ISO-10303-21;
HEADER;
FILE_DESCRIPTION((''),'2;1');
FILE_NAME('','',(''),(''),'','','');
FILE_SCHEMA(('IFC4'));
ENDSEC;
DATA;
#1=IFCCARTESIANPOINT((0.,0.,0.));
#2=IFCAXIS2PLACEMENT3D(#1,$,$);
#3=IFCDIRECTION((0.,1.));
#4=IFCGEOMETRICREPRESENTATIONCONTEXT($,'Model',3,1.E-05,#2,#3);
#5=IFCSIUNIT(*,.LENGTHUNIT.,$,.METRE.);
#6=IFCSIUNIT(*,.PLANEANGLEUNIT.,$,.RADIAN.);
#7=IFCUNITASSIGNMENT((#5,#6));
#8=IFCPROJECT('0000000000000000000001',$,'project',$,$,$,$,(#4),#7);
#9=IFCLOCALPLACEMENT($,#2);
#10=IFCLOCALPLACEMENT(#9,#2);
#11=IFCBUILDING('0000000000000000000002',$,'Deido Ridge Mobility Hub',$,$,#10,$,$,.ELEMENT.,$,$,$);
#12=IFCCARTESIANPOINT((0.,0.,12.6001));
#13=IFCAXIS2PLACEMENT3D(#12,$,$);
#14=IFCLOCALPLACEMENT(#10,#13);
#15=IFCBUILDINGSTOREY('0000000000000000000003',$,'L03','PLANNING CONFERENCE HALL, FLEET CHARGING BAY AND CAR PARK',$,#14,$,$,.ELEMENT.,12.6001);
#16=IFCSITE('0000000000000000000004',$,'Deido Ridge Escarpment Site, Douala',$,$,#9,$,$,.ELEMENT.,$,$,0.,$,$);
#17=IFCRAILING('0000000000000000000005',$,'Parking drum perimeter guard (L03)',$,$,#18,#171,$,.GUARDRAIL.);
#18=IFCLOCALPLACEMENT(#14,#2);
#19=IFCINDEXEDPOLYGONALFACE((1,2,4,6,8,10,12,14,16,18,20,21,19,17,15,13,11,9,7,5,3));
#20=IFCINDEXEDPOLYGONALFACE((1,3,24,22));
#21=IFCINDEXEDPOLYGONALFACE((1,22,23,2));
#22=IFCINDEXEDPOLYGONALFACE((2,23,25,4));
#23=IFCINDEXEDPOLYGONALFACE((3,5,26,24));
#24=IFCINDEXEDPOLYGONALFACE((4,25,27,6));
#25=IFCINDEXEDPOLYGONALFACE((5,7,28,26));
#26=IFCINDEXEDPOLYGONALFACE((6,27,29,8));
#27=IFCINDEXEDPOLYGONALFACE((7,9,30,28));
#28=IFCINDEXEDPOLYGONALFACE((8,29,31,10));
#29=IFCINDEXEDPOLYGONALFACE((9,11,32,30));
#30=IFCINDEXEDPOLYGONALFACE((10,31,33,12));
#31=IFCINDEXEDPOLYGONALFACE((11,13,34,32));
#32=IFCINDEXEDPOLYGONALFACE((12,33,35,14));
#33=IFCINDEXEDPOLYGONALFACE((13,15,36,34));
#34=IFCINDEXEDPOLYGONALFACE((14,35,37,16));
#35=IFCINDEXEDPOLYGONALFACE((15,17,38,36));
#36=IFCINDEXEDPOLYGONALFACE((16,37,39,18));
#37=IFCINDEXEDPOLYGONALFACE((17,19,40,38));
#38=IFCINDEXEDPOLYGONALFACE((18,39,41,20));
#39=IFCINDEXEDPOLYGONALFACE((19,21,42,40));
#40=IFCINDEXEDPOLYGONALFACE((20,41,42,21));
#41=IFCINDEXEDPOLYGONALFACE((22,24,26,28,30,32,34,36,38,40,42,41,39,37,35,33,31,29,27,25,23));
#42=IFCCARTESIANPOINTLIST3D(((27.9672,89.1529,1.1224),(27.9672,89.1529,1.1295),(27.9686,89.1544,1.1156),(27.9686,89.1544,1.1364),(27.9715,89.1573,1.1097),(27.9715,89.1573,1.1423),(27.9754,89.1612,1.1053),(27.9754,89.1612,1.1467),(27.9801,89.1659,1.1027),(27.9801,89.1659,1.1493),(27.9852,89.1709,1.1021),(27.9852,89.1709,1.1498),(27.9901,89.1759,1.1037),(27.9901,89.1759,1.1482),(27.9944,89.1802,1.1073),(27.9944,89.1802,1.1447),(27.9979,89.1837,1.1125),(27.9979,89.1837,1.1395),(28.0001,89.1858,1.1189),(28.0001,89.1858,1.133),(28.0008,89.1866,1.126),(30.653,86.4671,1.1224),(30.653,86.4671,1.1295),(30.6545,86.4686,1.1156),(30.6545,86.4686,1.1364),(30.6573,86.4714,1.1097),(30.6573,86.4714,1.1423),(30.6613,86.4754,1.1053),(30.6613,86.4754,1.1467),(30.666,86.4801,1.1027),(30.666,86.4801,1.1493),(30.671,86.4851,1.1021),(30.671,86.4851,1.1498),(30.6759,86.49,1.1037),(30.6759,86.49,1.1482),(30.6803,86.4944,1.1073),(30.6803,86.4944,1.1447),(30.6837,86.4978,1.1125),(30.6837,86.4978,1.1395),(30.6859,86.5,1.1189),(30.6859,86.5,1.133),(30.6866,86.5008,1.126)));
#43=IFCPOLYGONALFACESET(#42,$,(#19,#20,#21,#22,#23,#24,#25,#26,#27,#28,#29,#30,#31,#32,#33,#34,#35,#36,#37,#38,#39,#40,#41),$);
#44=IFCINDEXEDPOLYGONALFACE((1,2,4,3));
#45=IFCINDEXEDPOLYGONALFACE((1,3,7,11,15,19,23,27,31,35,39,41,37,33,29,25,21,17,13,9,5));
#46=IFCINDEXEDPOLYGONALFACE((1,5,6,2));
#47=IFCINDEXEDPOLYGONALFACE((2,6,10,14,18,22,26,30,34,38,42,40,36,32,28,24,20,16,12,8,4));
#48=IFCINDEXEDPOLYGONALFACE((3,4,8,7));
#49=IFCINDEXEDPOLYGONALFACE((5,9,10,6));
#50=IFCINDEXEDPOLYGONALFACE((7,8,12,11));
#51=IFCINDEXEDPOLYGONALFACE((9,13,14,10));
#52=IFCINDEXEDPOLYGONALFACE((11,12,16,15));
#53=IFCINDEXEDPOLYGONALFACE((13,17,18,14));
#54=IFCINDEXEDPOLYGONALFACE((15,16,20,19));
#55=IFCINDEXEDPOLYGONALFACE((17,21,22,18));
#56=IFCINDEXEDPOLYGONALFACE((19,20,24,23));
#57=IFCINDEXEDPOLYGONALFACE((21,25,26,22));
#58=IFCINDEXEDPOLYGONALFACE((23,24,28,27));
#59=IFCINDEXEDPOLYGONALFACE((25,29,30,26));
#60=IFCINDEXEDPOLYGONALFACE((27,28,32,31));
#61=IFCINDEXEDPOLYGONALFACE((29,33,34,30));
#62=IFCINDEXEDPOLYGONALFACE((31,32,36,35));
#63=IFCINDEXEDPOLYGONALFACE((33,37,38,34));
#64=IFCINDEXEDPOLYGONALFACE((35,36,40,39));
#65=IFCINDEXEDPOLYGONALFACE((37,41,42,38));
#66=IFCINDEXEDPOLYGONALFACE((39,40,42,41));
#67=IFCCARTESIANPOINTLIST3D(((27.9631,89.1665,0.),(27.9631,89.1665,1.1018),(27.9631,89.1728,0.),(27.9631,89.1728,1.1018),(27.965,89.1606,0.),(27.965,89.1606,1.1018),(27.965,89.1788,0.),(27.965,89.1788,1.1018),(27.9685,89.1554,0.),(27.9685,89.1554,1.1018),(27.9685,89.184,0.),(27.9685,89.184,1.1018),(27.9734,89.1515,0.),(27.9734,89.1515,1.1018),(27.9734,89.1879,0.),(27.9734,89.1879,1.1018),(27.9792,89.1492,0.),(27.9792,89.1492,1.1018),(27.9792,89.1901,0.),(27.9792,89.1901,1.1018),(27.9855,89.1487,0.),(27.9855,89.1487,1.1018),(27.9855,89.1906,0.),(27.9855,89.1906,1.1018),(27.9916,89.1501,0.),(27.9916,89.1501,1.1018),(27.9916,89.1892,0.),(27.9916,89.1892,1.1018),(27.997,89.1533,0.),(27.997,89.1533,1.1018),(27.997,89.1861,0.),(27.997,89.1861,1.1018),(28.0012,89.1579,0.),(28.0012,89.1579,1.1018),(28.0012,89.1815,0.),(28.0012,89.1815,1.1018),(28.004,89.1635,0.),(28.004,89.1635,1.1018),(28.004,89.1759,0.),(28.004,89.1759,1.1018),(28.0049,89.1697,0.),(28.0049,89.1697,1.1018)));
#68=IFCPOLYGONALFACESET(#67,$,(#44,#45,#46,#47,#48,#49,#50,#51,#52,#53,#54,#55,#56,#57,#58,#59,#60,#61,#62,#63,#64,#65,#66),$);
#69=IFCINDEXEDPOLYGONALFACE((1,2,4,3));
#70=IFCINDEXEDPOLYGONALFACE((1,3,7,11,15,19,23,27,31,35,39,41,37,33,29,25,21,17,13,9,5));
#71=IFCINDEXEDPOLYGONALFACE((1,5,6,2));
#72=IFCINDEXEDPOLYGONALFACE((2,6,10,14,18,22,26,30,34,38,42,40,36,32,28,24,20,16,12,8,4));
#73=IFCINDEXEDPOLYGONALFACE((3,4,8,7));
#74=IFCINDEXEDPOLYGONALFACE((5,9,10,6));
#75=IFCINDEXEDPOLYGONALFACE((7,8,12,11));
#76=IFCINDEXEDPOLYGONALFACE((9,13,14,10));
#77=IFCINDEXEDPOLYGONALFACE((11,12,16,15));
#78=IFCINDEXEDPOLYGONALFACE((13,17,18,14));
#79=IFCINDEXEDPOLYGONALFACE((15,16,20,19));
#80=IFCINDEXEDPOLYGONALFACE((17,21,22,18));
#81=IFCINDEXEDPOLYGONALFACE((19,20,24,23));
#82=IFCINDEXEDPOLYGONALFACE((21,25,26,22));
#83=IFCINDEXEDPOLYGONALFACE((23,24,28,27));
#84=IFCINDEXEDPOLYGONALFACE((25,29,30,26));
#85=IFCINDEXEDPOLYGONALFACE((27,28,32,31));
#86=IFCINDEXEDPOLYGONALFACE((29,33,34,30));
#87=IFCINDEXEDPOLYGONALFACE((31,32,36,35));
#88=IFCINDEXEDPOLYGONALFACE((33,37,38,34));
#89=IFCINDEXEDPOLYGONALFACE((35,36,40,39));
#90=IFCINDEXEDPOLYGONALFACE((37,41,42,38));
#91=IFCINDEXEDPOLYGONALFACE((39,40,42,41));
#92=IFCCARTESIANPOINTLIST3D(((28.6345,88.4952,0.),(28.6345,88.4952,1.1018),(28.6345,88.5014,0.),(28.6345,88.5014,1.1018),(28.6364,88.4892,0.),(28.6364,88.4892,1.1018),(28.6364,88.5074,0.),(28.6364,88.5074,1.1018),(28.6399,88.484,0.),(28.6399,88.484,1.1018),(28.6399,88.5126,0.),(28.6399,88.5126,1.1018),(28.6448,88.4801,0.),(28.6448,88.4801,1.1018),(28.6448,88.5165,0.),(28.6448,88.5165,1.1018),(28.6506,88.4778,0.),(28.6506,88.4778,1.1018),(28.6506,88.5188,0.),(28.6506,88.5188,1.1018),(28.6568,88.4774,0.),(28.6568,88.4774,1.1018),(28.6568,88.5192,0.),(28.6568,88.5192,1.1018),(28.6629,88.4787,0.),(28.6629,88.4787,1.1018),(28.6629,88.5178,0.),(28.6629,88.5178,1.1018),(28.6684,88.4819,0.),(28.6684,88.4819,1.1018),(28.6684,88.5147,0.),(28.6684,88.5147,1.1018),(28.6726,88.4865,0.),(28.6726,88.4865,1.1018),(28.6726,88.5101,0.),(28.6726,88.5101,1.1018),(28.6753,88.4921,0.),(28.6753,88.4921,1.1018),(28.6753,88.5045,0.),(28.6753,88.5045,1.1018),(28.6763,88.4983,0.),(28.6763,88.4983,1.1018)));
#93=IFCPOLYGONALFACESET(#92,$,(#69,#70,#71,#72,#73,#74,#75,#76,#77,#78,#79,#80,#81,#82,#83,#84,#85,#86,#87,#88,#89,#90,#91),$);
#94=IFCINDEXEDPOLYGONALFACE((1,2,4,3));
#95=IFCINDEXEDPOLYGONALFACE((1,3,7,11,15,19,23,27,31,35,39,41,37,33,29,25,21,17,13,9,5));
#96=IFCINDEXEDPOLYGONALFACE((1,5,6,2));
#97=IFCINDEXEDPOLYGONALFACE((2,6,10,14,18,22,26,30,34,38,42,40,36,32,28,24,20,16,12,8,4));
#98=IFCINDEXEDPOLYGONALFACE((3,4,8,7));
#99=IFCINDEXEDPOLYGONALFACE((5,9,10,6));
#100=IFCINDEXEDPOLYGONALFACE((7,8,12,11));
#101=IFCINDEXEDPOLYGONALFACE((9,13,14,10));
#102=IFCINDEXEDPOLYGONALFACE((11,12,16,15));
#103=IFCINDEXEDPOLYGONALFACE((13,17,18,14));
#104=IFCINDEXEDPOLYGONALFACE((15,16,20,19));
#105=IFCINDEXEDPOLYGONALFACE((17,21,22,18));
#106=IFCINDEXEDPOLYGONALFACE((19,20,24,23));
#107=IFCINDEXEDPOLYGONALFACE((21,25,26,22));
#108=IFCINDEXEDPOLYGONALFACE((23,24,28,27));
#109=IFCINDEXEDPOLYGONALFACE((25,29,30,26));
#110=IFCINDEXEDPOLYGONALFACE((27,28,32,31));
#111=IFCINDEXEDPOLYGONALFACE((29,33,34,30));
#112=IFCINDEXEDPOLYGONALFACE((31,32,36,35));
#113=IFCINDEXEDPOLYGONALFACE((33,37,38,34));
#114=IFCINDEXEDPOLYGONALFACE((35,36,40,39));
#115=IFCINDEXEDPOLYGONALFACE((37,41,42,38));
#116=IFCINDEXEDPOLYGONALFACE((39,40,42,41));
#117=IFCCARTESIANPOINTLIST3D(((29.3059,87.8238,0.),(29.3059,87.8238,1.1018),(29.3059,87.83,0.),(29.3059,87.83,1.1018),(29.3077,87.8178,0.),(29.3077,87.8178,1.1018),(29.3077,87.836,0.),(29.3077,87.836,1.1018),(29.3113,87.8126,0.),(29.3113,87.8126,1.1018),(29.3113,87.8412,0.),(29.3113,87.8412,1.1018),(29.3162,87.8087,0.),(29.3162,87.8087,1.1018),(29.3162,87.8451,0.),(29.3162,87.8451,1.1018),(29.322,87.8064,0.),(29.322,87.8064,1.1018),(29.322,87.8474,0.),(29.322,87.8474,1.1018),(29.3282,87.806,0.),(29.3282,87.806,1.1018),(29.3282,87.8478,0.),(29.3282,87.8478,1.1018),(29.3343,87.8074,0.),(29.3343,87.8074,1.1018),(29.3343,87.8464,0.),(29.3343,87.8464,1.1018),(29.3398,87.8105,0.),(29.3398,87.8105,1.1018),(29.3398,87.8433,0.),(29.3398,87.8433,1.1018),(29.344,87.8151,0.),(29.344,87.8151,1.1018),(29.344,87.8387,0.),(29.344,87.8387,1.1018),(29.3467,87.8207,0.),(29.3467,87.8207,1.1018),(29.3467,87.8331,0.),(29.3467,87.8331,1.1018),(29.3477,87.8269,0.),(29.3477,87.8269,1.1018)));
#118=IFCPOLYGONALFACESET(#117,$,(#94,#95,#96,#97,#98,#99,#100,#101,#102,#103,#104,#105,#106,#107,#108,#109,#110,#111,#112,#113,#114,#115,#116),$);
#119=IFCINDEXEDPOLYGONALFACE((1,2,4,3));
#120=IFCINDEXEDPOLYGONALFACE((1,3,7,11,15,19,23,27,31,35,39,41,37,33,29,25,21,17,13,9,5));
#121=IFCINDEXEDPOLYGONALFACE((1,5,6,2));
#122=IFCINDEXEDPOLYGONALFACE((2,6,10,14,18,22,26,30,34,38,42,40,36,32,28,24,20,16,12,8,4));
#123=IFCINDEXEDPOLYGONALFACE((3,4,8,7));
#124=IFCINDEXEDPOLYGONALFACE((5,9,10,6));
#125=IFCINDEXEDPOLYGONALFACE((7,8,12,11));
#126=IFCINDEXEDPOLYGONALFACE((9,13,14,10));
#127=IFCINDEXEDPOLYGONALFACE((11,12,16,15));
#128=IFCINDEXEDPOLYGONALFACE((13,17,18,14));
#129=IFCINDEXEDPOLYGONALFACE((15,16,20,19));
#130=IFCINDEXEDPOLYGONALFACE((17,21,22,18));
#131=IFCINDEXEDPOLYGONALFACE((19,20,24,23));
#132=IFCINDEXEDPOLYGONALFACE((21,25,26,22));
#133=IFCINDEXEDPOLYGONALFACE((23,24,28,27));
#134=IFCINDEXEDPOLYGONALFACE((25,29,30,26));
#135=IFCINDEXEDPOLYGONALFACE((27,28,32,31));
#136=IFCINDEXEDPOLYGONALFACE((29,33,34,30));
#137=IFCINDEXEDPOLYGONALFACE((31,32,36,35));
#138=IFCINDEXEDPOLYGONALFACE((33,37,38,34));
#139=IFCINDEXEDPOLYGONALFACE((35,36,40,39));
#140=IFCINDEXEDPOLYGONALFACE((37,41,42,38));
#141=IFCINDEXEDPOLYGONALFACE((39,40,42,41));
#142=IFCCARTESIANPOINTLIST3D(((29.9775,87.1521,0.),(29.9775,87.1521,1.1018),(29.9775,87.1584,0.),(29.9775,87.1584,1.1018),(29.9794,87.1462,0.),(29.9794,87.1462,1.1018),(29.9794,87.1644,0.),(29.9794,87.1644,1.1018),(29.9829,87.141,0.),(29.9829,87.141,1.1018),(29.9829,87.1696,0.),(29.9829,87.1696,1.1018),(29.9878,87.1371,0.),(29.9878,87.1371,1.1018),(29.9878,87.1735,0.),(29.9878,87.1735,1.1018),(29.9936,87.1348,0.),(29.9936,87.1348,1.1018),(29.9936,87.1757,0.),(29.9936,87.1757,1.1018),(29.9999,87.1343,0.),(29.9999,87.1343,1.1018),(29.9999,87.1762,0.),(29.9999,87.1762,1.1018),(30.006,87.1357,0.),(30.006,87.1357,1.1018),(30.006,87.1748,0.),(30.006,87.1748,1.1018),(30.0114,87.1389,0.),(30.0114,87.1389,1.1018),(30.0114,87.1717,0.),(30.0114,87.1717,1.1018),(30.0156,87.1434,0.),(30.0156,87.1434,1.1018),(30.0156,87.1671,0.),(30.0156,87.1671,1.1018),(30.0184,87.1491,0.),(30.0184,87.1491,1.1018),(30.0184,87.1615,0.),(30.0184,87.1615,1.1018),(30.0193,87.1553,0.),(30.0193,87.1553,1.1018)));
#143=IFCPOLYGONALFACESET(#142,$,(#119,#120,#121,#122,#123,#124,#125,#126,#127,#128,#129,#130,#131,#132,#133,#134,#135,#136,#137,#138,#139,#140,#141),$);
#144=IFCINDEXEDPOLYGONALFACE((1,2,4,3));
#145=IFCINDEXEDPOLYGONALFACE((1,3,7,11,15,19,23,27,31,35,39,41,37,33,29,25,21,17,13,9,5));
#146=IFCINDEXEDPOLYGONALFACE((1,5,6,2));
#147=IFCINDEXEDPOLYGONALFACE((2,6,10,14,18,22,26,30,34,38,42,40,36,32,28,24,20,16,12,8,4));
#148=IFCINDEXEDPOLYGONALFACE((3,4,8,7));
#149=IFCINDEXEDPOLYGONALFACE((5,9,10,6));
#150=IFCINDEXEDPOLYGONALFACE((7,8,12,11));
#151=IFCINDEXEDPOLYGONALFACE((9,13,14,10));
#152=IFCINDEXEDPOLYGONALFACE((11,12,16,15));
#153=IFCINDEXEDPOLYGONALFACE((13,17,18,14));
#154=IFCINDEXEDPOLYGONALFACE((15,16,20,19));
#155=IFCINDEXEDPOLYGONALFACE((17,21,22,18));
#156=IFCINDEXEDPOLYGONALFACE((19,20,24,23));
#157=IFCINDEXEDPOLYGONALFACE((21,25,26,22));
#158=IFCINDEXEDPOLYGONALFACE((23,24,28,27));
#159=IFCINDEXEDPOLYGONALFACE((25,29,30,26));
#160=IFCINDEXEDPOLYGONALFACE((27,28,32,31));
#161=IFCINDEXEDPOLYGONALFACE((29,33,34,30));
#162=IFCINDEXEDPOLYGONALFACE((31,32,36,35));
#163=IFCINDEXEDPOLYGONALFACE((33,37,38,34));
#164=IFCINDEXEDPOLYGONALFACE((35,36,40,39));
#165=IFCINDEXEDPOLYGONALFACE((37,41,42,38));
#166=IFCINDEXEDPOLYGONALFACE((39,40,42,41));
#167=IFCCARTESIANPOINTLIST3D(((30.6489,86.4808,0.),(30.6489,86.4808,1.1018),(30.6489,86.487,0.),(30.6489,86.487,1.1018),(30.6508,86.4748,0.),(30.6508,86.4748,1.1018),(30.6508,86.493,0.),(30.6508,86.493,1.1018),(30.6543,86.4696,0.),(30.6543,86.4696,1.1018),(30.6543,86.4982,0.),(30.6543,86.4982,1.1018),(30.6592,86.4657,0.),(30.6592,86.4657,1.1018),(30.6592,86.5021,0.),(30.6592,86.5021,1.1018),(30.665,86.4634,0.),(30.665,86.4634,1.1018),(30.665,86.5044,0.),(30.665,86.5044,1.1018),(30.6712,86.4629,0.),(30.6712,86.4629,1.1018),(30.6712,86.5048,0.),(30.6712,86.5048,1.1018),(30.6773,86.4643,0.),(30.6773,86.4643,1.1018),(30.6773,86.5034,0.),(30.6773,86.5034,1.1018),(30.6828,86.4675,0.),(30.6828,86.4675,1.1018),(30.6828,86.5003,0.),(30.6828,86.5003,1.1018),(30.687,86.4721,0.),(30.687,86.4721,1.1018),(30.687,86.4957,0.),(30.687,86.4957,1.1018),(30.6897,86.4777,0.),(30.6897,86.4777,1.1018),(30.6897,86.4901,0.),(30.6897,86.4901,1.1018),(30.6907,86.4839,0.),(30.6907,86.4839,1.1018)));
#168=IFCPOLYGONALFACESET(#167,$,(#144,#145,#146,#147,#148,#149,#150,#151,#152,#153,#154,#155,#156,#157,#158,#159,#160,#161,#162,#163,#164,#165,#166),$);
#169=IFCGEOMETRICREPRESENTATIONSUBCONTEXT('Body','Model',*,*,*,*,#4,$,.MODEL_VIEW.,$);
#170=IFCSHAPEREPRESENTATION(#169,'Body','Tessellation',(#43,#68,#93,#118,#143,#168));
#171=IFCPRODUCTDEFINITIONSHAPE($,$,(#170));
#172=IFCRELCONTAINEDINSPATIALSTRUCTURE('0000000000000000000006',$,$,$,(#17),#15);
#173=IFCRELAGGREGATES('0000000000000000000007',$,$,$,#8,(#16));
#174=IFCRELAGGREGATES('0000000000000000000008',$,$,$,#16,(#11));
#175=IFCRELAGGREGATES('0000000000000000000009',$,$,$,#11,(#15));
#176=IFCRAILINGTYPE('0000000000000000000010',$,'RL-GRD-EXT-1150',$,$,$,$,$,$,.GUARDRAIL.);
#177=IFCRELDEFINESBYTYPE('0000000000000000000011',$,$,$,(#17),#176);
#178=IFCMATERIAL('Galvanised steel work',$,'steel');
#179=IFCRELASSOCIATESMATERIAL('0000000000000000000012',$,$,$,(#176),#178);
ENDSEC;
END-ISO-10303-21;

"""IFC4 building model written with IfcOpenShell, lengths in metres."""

from ifc_helpers import new_model, si_unit, direction, frame, origin, origin_2d, place, context, subcontext, project, spatial, circle, extrude, material, type_object, element, save


model = new_model("IFC4")

# Units and contexts
model_context = context("Model", 3, precision=1e-05, world=origin(), true_north=direction((0.0, 1.0)))
body_context = subcontext(model_context, "Body", "Model", "MODEL_VIEW")
ifc_project = project(units=[si_unit("LENGTHUNIT", "METRE"), si_unit("PLANEANGLEUNIT", "RADIAN")], contexts=[model_context])

# Site, building, storey
site_placement = place(None, origin())
site = spatial("IfcSite", under=ifc_project, at=site_placement, Name="Deido Ridge Escarpment Site, Douala", CompositionType="ELEMENT", RefElevation=0.0)
building_placement = place(site_placement, origin())
building = spatial("IfcBuilding", under=site, at=building_placement, Name="Deido Ridge Mobility Hub", CompositionType="ELEMENT")
storey_placement = place(building_placement, frame((0.0, 0.0, 12.6001)))
storey = spatial("IfcBuildingStorey", under=building, at=storey_placement, Name="L03", Description="PLANNING CONFERENCE HALL, FLEET CHARGING BAY AND CAR PARK", CompositionType="ELEMENT", Elevation=12.6001)

# Railing
ifc_material_1 = material(Name="Galvanised steel work", Category="steel")
railing_type = type_object("IfcRailingType", Name="RL-GRD-EXT-1150", PredefinedType="GUARDRAIL", material=ifc_material_1)
railing_1_placement = place(storey_placement, frame((27.9839, 89.1697, 0.0)))
element("IfcRailing", 1, at=railing_1_placement, inside=storey, type_object=railing_type, Name="Parking drum perimeter guard (L03)", PredefinedType="GUARDRAIL", context=body_context, shape_type="SweptSolid", body=[
    extrude(circle(Radius=0.0239, at=origin_2d()), frame((0.0, 0.0, 1.126), z_axis=(0.707107, -0.707107, 0.0), x_axis=(0.707107, 0.707107, 0.0)), (0.0, 0.0, 1.0), 3.7983),
    extrude(circle(Radius=0.021, at=origin_2d()), origin(), (0.0, 0.0, 1.0), 1.1018),
    extrude(circle(Radius=0.021, at=origin_2d()), frame((0.6714, -0.6714, 0.0)), (0.0, 0.0, 1.0), 1.1018),
    extrude(circle(Radius=0.021, at=origin_2d()), frame((1.3428, -1.3428, 0.0)), (0.0, 0.0, 1.0), 1.1018),
    extrude(circle(Radius=0.021, at=origin_2d()), frame((2.0144, -2.0144, 0.0)), (0.0, 0.0, 1.0), 1.1018),
    extrude(circle(Radius=0.021, at=origin_2d()), frame((2.6858, -2.6858, 0.0)), (0.0, 0.0, 1.0), 1.1018),
])

save(model, "model.ifc")
